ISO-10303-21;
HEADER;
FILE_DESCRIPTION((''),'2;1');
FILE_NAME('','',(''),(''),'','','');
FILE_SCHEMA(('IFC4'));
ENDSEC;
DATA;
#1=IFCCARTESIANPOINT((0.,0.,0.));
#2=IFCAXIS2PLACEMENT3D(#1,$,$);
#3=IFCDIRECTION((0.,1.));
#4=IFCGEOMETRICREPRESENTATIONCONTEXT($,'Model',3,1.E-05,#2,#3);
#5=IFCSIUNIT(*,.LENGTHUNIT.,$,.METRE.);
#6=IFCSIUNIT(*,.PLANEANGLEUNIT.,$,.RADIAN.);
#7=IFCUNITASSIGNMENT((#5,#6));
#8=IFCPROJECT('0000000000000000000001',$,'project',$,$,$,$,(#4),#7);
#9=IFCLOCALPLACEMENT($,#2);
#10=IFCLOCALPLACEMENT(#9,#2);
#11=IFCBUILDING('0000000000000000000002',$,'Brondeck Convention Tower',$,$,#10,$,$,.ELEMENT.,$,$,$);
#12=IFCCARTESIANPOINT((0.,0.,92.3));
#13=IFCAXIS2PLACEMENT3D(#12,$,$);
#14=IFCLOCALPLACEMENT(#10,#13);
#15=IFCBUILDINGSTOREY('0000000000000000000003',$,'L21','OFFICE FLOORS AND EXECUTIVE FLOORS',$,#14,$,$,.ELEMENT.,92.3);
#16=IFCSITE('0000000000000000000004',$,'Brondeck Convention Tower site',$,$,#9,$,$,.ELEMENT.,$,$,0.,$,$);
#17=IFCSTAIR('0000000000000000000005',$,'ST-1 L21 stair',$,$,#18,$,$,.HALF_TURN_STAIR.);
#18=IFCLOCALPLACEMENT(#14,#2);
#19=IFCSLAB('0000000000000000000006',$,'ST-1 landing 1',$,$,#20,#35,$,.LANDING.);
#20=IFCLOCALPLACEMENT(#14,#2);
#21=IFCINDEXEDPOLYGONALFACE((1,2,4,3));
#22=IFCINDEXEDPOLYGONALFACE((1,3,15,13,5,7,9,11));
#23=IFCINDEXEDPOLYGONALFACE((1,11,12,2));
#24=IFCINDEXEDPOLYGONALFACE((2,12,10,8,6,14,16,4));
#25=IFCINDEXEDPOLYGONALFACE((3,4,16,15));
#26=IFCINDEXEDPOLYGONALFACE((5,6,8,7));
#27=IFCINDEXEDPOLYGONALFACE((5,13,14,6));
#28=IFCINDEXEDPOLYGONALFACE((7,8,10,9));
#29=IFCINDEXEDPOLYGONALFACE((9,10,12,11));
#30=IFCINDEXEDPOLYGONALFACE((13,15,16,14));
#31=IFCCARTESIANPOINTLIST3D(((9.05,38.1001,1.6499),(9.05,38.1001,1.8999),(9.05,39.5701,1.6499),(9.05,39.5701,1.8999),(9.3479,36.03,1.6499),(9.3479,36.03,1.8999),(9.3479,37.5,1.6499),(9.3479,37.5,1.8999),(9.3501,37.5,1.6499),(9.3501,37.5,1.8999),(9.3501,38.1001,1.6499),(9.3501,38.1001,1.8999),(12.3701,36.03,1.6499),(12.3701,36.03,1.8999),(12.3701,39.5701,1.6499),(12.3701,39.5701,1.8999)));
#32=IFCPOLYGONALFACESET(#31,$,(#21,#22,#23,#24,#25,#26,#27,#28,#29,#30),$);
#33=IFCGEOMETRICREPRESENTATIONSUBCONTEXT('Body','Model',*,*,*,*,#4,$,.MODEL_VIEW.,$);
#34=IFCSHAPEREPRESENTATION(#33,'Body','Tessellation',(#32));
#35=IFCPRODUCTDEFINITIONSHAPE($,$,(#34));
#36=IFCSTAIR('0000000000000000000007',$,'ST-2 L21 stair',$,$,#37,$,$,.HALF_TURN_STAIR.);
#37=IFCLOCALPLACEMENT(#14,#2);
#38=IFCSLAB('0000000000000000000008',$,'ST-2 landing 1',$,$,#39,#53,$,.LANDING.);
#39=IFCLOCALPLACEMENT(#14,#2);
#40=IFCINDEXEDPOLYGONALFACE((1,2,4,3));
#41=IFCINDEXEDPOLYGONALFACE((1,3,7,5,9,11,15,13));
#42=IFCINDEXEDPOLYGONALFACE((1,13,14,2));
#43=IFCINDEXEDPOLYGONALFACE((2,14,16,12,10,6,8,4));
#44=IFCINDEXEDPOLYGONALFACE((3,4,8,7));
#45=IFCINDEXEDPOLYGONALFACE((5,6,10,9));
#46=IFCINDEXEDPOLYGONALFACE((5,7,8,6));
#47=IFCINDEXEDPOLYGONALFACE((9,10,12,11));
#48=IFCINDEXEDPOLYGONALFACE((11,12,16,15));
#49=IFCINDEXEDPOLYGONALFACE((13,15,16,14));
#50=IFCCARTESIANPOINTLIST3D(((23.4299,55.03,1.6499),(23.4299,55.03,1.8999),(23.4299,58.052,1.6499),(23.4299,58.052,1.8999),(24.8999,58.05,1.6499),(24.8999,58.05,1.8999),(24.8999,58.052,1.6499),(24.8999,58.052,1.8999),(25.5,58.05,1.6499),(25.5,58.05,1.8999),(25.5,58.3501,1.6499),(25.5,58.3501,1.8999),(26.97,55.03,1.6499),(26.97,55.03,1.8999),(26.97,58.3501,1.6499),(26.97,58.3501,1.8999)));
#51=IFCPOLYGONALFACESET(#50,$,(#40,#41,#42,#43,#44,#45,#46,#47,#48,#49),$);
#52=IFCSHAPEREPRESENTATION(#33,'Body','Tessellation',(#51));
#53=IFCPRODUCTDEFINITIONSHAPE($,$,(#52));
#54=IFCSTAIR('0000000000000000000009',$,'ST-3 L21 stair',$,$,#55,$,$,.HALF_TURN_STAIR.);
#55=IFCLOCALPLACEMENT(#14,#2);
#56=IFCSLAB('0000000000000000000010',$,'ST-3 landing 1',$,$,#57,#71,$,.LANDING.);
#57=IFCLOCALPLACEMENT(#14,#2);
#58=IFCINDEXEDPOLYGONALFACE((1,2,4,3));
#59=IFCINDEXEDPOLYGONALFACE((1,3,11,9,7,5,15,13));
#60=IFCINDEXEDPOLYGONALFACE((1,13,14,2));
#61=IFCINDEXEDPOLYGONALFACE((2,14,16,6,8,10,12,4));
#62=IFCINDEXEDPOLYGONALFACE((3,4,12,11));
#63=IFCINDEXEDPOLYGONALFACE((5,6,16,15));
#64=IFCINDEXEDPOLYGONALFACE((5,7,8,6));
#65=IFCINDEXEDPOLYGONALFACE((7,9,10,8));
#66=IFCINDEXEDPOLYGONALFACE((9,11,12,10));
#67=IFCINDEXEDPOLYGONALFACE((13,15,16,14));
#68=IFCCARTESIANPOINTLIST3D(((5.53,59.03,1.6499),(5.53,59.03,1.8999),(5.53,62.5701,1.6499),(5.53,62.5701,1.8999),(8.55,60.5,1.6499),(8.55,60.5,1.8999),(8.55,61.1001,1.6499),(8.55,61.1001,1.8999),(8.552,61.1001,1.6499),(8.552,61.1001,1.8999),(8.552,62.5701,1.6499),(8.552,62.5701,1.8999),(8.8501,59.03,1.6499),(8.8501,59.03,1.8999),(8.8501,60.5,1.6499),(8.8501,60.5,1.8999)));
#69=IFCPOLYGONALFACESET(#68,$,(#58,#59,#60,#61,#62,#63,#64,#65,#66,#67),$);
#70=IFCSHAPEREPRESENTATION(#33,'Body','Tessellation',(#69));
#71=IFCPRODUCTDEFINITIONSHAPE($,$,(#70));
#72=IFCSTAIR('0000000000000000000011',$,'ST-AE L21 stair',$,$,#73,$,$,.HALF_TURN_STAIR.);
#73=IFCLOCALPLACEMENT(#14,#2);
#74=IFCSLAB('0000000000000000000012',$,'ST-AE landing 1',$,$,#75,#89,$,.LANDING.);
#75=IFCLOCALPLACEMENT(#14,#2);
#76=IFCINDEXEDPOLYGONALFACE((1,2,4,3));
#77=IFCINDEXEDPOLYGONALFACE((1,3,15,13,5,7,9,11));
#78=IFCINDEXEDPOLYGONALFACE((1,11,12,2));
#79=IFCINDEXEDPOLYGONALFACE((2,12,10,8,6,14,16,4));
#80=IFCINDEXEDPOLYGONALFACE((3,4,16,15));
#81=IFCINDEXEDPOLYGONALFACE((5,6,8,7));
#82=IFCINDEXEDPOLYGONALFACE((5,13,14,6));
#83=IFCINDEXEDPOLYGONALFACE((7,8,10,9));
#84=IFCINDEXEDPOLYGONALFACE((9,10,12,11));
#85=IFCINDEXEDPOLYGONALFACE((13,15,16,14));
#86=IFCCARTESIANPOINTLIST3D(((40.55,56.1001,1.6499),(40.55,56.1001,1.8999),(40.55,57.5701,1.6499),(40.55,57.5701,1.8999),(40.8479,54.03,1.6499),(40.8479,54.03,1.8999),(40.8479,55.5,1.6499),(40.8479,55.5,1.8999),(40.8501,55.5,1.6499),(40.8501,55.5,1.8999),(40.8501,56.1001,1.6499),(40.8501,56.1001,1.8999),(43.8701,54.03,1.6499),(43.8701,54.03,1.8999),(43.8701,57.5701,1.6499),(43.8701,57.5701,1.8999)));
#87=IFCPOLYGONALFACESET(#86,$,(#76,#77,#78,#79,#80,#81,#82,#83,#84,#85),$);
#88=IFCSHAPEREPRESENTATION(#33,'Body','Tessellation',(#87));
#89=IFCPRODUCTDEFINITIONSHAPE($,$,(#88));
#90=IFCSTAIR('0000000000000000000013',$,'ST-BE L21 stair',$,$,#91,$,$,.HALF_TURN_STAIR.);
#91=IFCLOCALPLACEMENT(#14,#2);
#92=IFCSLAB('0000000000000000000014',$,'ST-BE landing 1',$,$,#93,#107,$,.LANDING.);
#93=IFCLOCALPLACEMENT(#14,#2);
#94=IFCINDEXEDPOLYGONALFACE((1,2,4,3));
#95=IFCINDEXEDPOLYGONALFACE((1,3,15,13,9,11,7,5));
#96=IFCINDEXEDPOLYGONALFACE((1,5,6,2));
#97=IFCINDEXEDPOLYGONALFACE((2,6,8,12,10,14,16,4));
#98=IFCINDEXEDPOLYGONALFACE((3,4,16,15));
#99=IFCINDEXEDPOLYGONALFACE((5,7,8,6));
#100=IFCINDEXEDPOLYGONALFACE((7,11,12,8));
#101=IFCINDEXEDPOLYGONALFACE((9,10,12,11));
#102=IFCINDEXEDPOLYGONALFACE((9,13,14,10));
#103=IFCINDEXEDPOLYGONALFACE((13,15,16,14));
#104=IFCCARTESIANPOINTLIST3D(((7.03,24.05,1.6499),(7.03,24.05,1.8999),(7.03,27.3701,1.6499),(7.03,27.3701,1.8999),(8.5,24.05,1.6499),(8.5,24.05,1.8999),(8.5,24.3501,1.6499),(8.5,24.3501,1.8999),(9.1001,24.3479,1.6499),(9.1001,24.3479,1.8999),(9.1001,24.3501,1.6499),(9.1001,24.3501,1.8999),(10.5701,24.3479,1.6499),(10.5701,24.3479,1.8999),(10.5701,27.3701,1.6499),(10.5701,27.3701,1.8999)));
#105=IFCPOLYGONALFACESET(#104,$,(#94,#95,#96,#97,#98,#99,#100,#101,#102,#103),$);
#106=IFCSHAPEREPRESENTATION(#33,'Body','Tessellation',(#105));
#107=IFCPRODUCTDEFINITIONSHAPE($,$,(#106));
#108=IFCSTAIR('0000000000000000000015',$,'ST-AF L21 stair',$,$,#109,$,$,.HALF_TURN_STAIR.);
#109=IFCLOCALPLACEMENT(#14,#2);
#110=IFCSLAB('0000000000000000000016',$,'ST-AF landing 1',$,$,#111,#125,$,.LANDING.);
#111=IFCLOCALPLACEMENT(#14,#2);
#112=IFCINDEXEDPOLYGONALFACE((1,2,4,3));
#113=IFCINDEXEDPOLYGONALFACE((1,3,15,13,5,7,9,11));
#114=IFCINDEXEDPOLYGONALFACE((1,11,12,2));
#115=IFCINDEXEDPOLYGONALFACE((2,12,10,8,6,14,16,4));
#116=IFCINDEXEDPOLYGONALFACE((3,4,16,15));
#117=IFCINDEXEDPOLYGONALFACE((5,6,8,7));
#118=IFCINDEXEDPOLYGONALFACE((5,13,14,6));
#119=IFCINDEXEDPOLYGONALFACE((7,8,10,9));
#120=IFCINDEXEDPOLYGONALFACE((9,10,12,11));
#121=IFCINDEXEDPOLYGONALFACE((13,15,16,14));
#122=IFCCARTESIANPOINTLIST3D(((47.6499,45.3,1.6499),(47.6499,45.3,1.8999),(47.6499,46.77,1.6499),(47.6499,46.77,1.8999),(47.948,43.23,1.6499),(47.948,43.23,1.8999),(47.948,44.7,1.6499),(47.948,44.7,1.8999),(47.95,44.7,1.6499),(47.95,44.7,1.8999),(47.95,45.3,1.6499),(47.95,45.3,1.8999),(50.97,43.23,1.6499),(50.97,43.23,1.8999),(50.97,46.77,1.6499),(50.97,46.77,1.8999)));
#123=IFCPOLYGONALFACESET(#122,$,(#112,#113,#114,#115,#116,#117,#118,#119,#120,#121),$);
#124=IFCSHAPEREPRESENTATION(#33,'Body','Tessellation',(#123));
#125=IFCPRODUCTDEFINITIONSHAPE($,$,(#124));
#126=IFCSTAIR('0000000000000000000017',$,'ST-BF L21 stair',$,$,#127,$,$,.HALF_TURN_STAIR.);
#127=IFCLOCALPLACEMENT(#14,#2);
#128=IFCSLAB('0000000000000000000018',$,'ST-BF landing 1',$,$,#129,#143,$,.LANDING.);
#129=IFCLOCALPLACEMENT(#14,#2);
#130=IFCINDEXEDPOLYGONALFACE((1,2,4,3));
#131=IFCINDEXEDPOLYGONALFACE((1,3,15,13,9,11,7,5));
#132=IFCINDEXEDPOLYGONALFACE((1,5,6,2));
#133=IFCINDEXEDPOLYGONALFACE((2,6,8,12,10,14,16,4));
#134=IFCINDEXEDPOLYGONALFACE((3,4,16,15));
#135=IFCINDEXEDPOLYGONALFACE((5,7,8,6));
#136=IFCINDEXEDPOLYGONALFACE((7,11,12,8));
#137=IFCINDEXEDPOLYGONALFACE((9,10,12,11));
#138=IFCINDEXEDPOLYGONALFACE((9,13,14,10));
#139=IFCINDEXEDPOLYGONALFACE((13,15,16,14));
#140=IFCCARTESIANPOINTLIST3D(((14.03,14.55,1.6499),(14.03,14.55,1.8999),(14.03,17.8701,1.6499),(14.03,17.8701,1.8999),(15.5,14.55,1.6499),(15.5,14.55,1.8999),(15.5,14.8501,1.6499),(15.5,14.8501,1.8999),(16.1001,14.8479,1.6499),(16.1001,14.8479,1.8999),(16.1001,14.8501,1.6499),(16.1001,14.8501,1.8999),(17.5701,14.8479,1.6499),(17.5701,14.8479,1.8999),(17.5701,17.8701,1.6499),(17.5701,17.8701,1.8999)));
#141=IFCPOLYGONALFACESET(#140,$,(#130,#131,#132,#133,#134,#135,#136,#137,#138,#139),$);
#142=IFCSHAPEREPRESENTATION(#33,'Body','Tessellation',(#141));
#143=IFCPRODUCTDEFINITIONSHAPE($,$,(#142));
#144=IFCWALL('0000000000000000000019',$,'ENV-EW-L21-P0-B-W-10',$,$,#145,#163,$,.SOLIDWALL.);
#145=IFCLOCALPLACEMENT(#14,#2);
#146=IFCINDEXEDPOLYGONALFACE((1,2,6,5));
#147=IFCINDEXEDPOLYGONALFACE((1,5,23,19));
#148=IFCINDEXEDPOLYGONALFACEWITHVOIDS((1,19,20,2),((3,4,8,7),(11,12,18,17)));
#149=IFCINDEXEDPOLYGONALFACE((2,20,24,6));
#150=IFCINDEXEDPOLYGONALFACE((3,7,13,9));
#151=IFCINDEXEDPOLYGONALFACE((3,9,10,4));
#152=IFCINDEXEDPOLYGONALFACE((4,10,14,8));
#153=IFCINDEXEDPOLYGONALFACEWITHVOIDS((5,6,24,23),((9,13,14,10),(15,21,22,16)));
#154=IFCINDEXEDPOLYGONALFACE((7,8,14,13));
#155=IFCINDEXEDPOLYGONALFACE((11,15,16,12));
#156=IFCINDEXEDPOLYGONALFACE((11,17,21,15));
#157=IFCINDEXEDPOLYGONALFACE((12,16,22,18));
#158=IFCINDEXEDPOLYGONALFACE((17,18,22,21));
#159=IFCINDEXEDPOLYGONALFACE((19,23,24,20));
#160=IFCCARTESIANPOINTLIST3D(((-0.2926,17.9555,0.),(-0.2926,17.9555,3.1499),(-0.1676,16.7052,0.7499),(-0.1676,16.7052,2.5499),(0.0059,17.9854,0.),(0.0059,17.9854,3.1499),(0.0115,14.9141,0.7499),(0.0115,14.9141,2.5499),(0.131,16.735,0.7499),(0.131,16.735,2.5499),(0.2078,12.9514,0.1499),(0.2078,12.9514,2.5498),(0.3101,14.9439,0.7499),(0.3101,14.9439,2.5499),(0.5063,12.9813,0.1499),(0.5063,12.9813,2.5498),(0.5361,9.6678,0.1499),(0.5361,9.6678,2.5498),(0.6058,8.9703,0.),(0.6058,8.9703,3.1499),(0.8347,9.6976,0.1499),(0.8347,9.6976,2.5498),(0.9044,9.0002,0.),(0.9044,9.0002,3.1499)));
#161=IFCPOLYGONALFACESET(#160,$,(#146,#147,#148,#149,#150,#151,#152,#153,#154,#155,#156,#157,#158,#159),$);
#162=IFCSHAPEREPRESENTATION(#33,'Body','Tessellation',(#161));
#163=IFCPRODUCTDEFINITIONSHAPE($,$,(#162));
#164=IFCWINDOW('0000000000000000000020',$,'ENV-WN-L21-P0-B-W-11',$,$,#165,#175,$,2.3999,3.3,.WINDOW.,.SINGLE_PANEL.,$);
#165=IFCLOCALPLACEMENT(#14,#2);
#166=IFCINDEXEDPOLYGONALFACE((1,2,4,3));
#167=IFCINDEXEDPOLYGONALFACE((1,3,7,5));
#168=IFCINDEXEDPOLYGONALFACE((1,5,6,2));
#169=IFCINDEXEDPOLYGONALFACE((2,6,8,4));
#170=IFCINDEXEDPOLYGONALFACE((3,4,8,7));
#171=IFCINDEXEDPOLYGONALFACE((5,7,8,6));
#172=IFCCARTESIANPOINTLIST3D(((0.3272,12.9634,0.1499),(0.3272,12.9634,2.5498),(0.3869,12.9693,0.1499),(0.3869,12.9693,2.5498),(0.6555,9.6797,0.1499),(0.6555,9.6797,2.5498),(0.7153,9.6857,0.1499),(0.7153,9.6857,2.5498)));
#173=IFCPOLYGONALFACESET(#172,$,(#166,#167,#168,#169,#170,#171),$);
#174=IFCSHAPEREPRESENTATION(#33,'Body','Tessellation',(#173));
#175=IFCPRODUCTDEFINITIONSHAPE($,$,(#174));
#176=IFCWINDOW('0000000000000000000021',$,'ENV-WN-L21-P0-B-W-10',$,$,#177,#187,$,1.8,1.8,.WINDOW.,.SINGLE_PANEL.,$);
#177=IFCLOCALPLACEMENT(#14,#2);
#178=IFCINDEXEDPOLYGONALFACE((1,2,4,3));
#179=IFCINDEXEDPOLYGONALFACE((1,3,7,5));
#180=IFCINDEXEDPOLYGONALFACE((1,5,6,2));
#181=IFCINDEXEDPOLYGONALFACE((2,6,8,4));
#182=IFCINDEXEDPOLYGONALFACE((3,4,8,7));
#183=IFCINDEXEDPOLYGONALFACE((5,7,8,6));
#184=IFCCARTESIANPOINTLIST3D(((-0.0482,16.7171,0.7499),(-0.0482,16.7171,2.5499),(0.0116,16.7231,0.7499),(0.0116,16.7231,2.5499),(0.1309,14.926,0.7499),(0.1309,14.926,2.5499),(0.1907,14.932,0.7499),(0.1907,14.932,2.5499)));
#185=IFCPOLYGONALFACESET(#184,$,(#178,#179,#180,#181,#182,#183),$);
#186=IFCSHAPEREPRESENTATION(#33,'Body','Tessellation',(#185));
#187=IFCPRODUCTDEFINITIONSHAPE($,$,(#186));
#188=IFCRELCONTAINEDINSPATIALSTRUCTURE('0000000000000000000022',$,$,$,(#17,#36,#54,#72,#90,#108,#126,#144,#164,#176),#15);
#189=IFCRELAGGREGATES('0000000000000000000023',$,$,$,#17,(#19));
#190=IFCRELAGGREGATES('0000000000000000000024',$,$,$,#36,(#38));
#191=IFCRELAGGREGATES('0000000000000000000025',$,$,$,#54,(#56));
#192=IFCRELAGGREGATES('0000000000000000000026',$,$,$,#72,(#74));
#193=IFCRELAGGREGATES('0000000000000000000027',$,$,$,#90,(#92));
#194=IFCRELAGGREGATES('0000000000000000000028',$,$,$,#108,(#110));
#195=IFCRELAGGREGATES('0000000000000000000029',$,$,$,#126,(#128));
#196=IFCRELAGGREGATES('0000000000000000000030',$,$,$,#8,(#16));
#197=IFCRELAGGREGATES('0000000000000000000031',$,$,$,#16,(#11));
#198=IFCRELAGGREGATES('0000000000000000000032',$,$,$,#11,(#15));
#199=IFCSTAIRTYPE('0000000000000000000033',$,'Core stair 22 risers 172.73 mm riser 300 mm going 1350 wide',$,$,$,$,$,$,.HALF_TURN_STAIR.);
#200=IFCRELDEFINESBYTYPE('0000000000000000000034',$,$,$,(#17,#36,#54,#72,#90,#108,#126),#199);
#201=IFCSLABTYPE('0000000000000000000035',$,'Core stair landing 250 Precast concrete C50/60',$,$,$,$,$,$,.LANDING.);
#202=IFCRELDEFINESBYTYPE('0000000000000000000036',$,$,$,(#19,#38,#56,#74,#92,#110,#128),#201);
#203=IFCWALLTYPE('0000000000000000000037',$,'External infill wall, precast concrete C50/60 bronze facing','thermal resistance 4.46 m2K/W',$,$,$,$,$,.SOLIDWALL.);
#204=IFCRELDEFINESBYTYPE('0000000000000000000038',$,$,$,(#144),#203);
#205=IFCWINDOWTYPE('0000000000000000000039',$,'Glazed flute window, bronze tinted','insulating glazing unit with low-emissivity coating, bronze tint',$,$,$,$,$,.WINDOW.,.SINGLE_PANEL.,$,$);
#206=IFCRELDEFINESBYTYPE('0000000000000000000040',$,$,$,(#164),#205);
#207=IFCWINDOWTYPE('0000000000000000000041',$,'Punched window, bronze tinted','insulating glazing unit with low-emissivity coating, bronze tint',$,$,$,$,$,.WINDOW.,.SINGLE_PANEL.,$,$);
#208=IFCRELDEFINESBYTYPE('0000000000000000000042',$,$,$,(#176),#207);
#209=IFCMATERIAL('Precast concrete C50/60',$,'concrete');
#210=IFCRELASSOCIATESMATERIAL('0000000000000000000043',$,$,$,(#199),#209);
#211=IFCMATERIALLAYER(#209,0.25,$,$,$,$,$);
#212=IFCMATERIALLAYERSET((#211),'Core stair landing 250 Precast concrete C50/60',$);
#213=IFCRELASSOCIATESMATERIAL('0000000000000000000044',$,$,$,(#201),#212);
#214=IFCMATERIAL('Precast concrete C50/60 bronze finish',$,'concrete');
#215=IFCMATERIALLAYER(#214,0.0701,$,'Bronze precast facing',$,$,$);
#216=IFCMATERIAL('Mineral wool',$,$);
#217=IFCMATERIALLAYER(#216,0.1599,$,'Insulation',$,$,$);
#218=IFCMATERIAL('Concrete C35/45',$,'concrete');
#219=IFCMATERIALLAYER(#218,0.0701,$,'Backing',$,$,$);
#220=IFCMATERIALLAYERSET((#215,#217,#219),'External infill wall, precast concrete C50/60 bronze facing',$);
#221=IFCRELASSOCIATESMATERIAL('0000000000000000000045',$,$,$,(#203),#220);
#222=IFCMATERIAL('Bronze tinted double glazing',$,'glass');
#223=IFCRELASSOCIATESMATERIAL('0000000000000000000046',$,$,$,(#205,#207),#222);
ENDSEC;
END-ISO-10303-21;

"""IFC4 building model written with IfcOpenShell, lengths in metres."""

from ifc_helpers import new_model, si_unit, direction, frame, frame_2d, origin, place, context, subcontext, project, spatial, polyline, rectangle, outline, extrude, material, layer, layer_set, type_object, element, fill, aggregate, save


model = new_model("IFC4")

# Units and contexts
model_context = context("Model", 3, precision=1e-05, world=origin(), true_north=direction((0.0, 1.0)))
body_context = subcontext(model_context, "Body", "Model", "MODEL_VIEW")
ifc_project = project(units=[si_unit("LENGTHUNIT", "METRE"), si_unit("PLANEANGLEUNIT", "RADIAN")], contexts=[model_context])

# Site, building, storey
site_placement = place(None, origin())
site = spatial("IfcSite", under=ifc_project, at=site_placement, Name="Brondeck Convention Tower site", CompositionType="ELEMENT", RefElevation=0.0)
building_placement = place(site_placement, origin())
building = spatial("IfcBuilding", under=site, at=building_placement, Name="Brondeck Convention Tower", CompositionType="ELEMENT")
storey_placement = place(building_placement, frame((0.0, 0.0, 92.3)))
storey = spatial("IfcBuildingStorey", under=building, at=storey_placement, Name="L21", Description="OFFICE FLOORS AND EXECUTIVE FLOORS", CompositionType="ELEMENT", Elevation=92.3)

# Shared definitions
ifc_material_1 = material(Name="Concrete C35/45", Category="concrete")

# Stairs, slabs
ifc_material_2 = material(Name="Precast concrete C50/60", Category="concrete")
stair_type = type_object("IfcStairType", Name="Core stair 22 risers 172.73 mm riser 300 mm going 1350 wide", PredefinedType="HALF_TURN_STAIR", material=ifc_material_2)
stair_1_placement = place(storey_placement, origin())
stair_1 = element("IfcStair", 1, at=stair_1_placement, inside=storey, type_object=stair_type, Name="ST-1 L21 stair", PredefinedType="HALF_TURN_STAIR")
ifc_layer_1 = layer(ifc_material_2, 0.25)
ifc_layer_set_1 = layer_set([ifc_layer_1], Name="Core stair landing 250 Precast concrete C50/60")
slab_type_1 = type_object("IfcSlabType", Name="Core stair landing 250 Precast concrete C50/60", PredefinedType="LANDING", material=ifc_layer_set_1)
slab_1_placement = place(storey_placement, frame((0.0, 0.0, 1.6499)))
slab_1 = element("IfcSlab", 2, at=slab_1_placement, type_object=slab_type_1, Name="ST-1 landing 1", PredefinedType="LANDING", context=body_context, shape_type="SweptSolid", body=[
    extrude(outline(polyline([(9.3479, 37.5), (9.3501, 37.5), (9.3501, 38.1001), (9.05, 38.1001), (9.05, 39.5701), (12.3701, 39.5701), (12.3701, 36.03), (9.3479, 36.03), (9.3479, 37.5)])), origin(), (0.0, 0.0, 1.0), 0.25),
])
aggregate(stair_1, [slab_1])
stair_2_placement = place(storey_placement, origin())
stair_2 = element("IfcStair", 3, at=stair_2_placement, inside=storey, type_object=stair_type, Name="ST-2 L21 stair", PredefinedType="HALF_TURN_STAIR")
slab_2_placement = place(storey_placement, frame((0.0, 0.0, 1.6499)))
slab_2 = element("IfcSlab", 4, at=slab_2_placement, type_object=slab_type_1, Name="ST-2 landing 1", PredefinedType="LANDING", context=body_context, shape_type="SweptSolid", body=[
    extrude(outline(polyline([(23.4299, 58.052), (24.8999, 58.052), (24.8999, 58.05), (25.5, 58.05), (25.5, 58.3501), (26.97, 58.3501), (26.97, 55.03), (23.4299, 55.03), (23.4299, 58.052)])), origin(), (0.0, 0.0, 1.0), 0.25),
])
aggregate(stair_2, [slab_2])
stair_3_placement = place(storey_placement, origin())
stair_3 = element("IfcStair", 5, at=stair_3_placement, inside=storey, type_object=stair_type, Name="ST-3 L21 stair", PredefinedType="HALF_TURN_STAIR")
slab_3_placement = place(storey_placement, frame((0.0, 0.0, 1.6499)))
slab_3 = element("IfcSlab", 6, at=slab_3_placement, type_object=slab_type_1, Name="ST-3 landing 1", PredefinedType="LANDING", context=body_context, shape_type="SweptSolid", body=[
    extrude(outline(polyline([(8.8501, 60.5), (8.8501, 59.03), (5.53, 59.03), (5.53, 62.5701), (8.552, 62.5701), (8.552, 61.1001), (8.55, 61.1001), (8.55, 60.5), (8.8501, 60.5)])), origin(), (0.0, 0.0, 1.0), 0.25),
])
aggregate(stair_3, [slab_3])
stair_4_placement = place(storey_placement, origin())
stair_4 = element("IfcStair", 7, at=stair_4_placement, inside=storey, type_object=stair_type, Name="ST-AE L21 stair", PredefinedType="HALF_TURN_STAIR")
slab_4_placement = place(storey_placement, frame((0.0, 0.0, 1.6499)))
slab_4 = element("IfcSlab", 8, at=slab_4_placement, type_object=slab_type_1, Name="ST-AE landing 1", PredefinedType="LANDING", context=body_context, shape_type="SweptSolid", body=[
    extrude(outline(polyline([(40.8479, 55.5), (40.8501, 55.5), (40.8501, 56.1001), (40.55, 56.1001), (40.55, 57.5701), (43.8701, 57.5701), (43.8701, 54.03), (40.8479, 54.03), (40.8479, 55.5)])), origin(), (0.0, 0.0, 1.0), 0.25),
])
aggregate(stair_4, [slab_4])
stair_5_placement = place(storey_placement, origin())
stair_5 = element("IfcStair", 9, at=stair_5_placement, inside=storey, type_object=stair_type, Name="ST-BE L21 stair", PredefinedType="HALF_TURN_STAIR")
slab_5_placement = place(storey_placement, frame((0.0, 0.0, 1.6499)))
slab_5 = element("IfcSlab", 10, at=slab_5_placement, type_object=slab_type_1, Name="ST-BE landing 1", PredefinedType="LANDING", context=body_context, shape_type="SweptSolid", body=[
    extrude(outline(polyline([(7.03, 24.05), (7.03, 27.3701), (10.5701, 27.3701), (10.5701, 24.3479), (9.1001, 24.3479), (9.1001, 24.3501), (8.5, 24.3501), (8.5, 24.05), (7.03, 24.05)])), origin(), (0.0, 0.0, 1.0), 0.25),
])
aggregate(stair_5, [slab_5])
stair_6_placement = place(storey_placement, origin())
stair_6 = element("IfcStair", 11, at=stair_6_placement, inside=storey, type_object=stair_type, Name="ST-AF L21 stair", PredefinedType="HALF_TURN_STAIR")
slab_6_placement = place(storey_placement, frame((0.0, 0.0, 1.6499)))
slab_6 = element("IfcSlab", 12, at=slab_6_placement, type_object=slab_type_1, Name="ST-AF landing 1", PredefinedType="LANDING", context=body_context, shape_type="SweptSolid", body=[
    extrude(outline(polyline([(47.948, 44.7), (47.95, 44.7), (47.95, 45.3), (47.6499, 45.3), (47.6499, 46.77), (50.97, 46.77), (50.97, 43.23), (47.948, 43.23), (47.948, 44.7)])), origin(), (0.0, 0.0, 1.0), 0.25),
])
aggregate(stair_6, [slab_6])
stair_7_placement = place(storey_placement, origin())
stair_7 = element("IfcStair", 13, at=stair_7_placement, inside=storey, type_object=stair_type, Name="ST-BF L21 stair", PredefinedType="HALF_TURN_STAIR")
slab_7_placement = place(storey_placement, frame((0.0, 0.0, 1.6499)))
slab_7 = element("IfcSlab", 14, at=slab_7_placement, type_object=slab_type_1, Name="ST-BF landing 1", PredefinedType="LANDING", context=body_context, shape_type="SweptSolid", body=[
    extrude(outline(polyline([(14.03, 14.55), (14.03, 17.8701), (17.5701, 17.8701), (17.5701, 14.8479), (16.1001, 14.8479), (16.1001, 14.8501), (15.5, 14.8501), (15.5, 14.55), (14.03, 14.55)])), origin(), (0.0, 0.0, 1.0), 0.25),
])
aggregate(stair_7, [slab_7])

# Wall, openings, windows
ifc_material_3 = material(Name="Precast concrete C50/60 bronze finish", Category="concrete")
ifc_layer_2 = layer(ifc_material_3, 0.0701, Name="Bronze precast facing")
ifc_material_4 = material(Name="Mineral wool")
ifc_layer_3 = layer(ifc_material_4, 0.1599, Name="Insulation")
ifc_layer_4 = layer(ifc_material_1, 0.0701, Name="Backing")
ifc_layer_set_2 = layer_set([ifc_layer_2, ifc_layer_3, ifc_layer_4], Name="External infill wall, precast concrete C50/60 bronze facing")
wall_type = type_object("IfcWallType", Name="External infill wall, precast concrete C50/60 bronze facing", Description="thermal resistance 4.46 m2K/W", PredefinedType="SOLIDWALL", material=ifc_layer_set_2)
wall_1_placement = place(storey_placement, frame((0.7551, 8.9851, 0.0), z_axis=(0.0, 0.0, 1.0), x_axis=(-0.099496, 0.995038, 0.0)))
wall_1 = element("IfcWall", 15, at=wall_1_placement, inside=storey, type_object=wall_type, Name="ENV-EW-L21-P0-B-W-10", PredefinedType="SOLIDWALL", context=body_context, shape_type="SweptSolid", body=[
    extrude(rectangle(XDim=9.03, YDim=0.3, at=frame_2d((4.5151, 0.0))), origin(), (0.0, 0.0, 1.0), 3.1499),
])
opening_1_placement = place(wall_1_placement, frame((0.7012, 0.0, 0.1499)))
opening_1 = element("IfcOpeningElement", 16, at=opening_1_placement, cuts=wall_1, PredefinedType="OPENING", context=body_context, shape_type="SweptSolid", body=[
    extrude(rectangle(XDim=3.3, YDim=2.3999, at=frame_2d((1.6499, 1.2))), frame((0.0, 0.1599, 0.0), z_axis=(0.0, -1.0, 0.0), x_axis=(1.0, 0.0, 0.0)), (0.0, 0.0, 1.0), 0.3201),
])
opening_2_placement = place(wall_1_placement, frame((5.9736, 0.0, 0.75)))
opening_2 = element("IfcOpeningElement", 17, at=opening_2_placement, cuts=wall_1, PredefinedType="OPENING", context=body_context, shape_type="SweptSolid", body=[
    extrude(rectangle(XDim=1.8, YDim=1.8, at=frame_2d((0.8999, 0.8999))), frame((0.0, 0.1599, 0.0), z_axis=(0.0, -1.0, 0.0), x_axis=(1.0, 0.0, 0.0)), (0.0, 0.0, 1.0), 0.3201),
])
ifc_material_5 = material(Name="Bronze tinted double glazing", Category="glass")
window_type_1 = type_object("IfcWindowType", Name="Glazed flute window, bronze tinted", Description="insulating glazing unit with low-emissivity coating, bronze tint", PartitioningType="SINGLE_PANEL", PredefinedType="WINDOW", material=ifc_material_5)
window_1_placement = place(opening_1_placement, origin())
window_1 = element("IfcWindow", 18, at=window_1_placement, inside=storey, type_object=window_type_1, Name="ENV-WN-L21-P0-B-W-11", OverallHeight=2.3999, OverallWidth=3.3, PartitioningType="SINGLE_PANEL", PredefinedType="WINDOW", context=body_context, shape_type="SweptSolid", body=[
    extrude(rectangle(XDim=3.3, YDim=2.3999, at=frame_2d((1.6499, 1.2))), frame((0.0, 0.03, 0.0), z_axis=(0.0, -1.0, 0.0), x_axis=(1.0, 0.0, 0.0)), (0.0, 0.0, 1.0), 0.0601),
])
fill(opening_1, window_1)
window_type_2 = type_object("IfcWindowType", Name="Punched window, bronze tinted", Description="insulating glazing unit with low-emissivity coating, bronze tint", PartitioningType="SINGLE_PANEL", PredefinedType="WINDOW", material=ifc_material_5)
window_2_placement = place(opening_2_placement, origin())
window_2 = element("IfcWindow", 19, at=window_2_placement, inside=storey, type_object=window_type_2, Name="ENV-WN-L21-P0-B-W-10", OverallHeight=1.8, OverallWidth=1.8, PartitioningType="SINGLE_PANEL", PredefinedType="WINDOW", context=body_context, shape_type="SweptSolid", body=[
    extrude(rectangle(XDim=1.8, YDim=1.8, at=frame_2d((0.8999, 0.8999))), frame((0.0, 0.03, 0.0), z_axis=(0.0, -1.0, 0.0), x_axis=(1.0, 0.0, 0.0)), (0.0, 0.0, 1.0), 0.0601),
])
fill(opening_2, window_2)

save(model, "model.ifc")
